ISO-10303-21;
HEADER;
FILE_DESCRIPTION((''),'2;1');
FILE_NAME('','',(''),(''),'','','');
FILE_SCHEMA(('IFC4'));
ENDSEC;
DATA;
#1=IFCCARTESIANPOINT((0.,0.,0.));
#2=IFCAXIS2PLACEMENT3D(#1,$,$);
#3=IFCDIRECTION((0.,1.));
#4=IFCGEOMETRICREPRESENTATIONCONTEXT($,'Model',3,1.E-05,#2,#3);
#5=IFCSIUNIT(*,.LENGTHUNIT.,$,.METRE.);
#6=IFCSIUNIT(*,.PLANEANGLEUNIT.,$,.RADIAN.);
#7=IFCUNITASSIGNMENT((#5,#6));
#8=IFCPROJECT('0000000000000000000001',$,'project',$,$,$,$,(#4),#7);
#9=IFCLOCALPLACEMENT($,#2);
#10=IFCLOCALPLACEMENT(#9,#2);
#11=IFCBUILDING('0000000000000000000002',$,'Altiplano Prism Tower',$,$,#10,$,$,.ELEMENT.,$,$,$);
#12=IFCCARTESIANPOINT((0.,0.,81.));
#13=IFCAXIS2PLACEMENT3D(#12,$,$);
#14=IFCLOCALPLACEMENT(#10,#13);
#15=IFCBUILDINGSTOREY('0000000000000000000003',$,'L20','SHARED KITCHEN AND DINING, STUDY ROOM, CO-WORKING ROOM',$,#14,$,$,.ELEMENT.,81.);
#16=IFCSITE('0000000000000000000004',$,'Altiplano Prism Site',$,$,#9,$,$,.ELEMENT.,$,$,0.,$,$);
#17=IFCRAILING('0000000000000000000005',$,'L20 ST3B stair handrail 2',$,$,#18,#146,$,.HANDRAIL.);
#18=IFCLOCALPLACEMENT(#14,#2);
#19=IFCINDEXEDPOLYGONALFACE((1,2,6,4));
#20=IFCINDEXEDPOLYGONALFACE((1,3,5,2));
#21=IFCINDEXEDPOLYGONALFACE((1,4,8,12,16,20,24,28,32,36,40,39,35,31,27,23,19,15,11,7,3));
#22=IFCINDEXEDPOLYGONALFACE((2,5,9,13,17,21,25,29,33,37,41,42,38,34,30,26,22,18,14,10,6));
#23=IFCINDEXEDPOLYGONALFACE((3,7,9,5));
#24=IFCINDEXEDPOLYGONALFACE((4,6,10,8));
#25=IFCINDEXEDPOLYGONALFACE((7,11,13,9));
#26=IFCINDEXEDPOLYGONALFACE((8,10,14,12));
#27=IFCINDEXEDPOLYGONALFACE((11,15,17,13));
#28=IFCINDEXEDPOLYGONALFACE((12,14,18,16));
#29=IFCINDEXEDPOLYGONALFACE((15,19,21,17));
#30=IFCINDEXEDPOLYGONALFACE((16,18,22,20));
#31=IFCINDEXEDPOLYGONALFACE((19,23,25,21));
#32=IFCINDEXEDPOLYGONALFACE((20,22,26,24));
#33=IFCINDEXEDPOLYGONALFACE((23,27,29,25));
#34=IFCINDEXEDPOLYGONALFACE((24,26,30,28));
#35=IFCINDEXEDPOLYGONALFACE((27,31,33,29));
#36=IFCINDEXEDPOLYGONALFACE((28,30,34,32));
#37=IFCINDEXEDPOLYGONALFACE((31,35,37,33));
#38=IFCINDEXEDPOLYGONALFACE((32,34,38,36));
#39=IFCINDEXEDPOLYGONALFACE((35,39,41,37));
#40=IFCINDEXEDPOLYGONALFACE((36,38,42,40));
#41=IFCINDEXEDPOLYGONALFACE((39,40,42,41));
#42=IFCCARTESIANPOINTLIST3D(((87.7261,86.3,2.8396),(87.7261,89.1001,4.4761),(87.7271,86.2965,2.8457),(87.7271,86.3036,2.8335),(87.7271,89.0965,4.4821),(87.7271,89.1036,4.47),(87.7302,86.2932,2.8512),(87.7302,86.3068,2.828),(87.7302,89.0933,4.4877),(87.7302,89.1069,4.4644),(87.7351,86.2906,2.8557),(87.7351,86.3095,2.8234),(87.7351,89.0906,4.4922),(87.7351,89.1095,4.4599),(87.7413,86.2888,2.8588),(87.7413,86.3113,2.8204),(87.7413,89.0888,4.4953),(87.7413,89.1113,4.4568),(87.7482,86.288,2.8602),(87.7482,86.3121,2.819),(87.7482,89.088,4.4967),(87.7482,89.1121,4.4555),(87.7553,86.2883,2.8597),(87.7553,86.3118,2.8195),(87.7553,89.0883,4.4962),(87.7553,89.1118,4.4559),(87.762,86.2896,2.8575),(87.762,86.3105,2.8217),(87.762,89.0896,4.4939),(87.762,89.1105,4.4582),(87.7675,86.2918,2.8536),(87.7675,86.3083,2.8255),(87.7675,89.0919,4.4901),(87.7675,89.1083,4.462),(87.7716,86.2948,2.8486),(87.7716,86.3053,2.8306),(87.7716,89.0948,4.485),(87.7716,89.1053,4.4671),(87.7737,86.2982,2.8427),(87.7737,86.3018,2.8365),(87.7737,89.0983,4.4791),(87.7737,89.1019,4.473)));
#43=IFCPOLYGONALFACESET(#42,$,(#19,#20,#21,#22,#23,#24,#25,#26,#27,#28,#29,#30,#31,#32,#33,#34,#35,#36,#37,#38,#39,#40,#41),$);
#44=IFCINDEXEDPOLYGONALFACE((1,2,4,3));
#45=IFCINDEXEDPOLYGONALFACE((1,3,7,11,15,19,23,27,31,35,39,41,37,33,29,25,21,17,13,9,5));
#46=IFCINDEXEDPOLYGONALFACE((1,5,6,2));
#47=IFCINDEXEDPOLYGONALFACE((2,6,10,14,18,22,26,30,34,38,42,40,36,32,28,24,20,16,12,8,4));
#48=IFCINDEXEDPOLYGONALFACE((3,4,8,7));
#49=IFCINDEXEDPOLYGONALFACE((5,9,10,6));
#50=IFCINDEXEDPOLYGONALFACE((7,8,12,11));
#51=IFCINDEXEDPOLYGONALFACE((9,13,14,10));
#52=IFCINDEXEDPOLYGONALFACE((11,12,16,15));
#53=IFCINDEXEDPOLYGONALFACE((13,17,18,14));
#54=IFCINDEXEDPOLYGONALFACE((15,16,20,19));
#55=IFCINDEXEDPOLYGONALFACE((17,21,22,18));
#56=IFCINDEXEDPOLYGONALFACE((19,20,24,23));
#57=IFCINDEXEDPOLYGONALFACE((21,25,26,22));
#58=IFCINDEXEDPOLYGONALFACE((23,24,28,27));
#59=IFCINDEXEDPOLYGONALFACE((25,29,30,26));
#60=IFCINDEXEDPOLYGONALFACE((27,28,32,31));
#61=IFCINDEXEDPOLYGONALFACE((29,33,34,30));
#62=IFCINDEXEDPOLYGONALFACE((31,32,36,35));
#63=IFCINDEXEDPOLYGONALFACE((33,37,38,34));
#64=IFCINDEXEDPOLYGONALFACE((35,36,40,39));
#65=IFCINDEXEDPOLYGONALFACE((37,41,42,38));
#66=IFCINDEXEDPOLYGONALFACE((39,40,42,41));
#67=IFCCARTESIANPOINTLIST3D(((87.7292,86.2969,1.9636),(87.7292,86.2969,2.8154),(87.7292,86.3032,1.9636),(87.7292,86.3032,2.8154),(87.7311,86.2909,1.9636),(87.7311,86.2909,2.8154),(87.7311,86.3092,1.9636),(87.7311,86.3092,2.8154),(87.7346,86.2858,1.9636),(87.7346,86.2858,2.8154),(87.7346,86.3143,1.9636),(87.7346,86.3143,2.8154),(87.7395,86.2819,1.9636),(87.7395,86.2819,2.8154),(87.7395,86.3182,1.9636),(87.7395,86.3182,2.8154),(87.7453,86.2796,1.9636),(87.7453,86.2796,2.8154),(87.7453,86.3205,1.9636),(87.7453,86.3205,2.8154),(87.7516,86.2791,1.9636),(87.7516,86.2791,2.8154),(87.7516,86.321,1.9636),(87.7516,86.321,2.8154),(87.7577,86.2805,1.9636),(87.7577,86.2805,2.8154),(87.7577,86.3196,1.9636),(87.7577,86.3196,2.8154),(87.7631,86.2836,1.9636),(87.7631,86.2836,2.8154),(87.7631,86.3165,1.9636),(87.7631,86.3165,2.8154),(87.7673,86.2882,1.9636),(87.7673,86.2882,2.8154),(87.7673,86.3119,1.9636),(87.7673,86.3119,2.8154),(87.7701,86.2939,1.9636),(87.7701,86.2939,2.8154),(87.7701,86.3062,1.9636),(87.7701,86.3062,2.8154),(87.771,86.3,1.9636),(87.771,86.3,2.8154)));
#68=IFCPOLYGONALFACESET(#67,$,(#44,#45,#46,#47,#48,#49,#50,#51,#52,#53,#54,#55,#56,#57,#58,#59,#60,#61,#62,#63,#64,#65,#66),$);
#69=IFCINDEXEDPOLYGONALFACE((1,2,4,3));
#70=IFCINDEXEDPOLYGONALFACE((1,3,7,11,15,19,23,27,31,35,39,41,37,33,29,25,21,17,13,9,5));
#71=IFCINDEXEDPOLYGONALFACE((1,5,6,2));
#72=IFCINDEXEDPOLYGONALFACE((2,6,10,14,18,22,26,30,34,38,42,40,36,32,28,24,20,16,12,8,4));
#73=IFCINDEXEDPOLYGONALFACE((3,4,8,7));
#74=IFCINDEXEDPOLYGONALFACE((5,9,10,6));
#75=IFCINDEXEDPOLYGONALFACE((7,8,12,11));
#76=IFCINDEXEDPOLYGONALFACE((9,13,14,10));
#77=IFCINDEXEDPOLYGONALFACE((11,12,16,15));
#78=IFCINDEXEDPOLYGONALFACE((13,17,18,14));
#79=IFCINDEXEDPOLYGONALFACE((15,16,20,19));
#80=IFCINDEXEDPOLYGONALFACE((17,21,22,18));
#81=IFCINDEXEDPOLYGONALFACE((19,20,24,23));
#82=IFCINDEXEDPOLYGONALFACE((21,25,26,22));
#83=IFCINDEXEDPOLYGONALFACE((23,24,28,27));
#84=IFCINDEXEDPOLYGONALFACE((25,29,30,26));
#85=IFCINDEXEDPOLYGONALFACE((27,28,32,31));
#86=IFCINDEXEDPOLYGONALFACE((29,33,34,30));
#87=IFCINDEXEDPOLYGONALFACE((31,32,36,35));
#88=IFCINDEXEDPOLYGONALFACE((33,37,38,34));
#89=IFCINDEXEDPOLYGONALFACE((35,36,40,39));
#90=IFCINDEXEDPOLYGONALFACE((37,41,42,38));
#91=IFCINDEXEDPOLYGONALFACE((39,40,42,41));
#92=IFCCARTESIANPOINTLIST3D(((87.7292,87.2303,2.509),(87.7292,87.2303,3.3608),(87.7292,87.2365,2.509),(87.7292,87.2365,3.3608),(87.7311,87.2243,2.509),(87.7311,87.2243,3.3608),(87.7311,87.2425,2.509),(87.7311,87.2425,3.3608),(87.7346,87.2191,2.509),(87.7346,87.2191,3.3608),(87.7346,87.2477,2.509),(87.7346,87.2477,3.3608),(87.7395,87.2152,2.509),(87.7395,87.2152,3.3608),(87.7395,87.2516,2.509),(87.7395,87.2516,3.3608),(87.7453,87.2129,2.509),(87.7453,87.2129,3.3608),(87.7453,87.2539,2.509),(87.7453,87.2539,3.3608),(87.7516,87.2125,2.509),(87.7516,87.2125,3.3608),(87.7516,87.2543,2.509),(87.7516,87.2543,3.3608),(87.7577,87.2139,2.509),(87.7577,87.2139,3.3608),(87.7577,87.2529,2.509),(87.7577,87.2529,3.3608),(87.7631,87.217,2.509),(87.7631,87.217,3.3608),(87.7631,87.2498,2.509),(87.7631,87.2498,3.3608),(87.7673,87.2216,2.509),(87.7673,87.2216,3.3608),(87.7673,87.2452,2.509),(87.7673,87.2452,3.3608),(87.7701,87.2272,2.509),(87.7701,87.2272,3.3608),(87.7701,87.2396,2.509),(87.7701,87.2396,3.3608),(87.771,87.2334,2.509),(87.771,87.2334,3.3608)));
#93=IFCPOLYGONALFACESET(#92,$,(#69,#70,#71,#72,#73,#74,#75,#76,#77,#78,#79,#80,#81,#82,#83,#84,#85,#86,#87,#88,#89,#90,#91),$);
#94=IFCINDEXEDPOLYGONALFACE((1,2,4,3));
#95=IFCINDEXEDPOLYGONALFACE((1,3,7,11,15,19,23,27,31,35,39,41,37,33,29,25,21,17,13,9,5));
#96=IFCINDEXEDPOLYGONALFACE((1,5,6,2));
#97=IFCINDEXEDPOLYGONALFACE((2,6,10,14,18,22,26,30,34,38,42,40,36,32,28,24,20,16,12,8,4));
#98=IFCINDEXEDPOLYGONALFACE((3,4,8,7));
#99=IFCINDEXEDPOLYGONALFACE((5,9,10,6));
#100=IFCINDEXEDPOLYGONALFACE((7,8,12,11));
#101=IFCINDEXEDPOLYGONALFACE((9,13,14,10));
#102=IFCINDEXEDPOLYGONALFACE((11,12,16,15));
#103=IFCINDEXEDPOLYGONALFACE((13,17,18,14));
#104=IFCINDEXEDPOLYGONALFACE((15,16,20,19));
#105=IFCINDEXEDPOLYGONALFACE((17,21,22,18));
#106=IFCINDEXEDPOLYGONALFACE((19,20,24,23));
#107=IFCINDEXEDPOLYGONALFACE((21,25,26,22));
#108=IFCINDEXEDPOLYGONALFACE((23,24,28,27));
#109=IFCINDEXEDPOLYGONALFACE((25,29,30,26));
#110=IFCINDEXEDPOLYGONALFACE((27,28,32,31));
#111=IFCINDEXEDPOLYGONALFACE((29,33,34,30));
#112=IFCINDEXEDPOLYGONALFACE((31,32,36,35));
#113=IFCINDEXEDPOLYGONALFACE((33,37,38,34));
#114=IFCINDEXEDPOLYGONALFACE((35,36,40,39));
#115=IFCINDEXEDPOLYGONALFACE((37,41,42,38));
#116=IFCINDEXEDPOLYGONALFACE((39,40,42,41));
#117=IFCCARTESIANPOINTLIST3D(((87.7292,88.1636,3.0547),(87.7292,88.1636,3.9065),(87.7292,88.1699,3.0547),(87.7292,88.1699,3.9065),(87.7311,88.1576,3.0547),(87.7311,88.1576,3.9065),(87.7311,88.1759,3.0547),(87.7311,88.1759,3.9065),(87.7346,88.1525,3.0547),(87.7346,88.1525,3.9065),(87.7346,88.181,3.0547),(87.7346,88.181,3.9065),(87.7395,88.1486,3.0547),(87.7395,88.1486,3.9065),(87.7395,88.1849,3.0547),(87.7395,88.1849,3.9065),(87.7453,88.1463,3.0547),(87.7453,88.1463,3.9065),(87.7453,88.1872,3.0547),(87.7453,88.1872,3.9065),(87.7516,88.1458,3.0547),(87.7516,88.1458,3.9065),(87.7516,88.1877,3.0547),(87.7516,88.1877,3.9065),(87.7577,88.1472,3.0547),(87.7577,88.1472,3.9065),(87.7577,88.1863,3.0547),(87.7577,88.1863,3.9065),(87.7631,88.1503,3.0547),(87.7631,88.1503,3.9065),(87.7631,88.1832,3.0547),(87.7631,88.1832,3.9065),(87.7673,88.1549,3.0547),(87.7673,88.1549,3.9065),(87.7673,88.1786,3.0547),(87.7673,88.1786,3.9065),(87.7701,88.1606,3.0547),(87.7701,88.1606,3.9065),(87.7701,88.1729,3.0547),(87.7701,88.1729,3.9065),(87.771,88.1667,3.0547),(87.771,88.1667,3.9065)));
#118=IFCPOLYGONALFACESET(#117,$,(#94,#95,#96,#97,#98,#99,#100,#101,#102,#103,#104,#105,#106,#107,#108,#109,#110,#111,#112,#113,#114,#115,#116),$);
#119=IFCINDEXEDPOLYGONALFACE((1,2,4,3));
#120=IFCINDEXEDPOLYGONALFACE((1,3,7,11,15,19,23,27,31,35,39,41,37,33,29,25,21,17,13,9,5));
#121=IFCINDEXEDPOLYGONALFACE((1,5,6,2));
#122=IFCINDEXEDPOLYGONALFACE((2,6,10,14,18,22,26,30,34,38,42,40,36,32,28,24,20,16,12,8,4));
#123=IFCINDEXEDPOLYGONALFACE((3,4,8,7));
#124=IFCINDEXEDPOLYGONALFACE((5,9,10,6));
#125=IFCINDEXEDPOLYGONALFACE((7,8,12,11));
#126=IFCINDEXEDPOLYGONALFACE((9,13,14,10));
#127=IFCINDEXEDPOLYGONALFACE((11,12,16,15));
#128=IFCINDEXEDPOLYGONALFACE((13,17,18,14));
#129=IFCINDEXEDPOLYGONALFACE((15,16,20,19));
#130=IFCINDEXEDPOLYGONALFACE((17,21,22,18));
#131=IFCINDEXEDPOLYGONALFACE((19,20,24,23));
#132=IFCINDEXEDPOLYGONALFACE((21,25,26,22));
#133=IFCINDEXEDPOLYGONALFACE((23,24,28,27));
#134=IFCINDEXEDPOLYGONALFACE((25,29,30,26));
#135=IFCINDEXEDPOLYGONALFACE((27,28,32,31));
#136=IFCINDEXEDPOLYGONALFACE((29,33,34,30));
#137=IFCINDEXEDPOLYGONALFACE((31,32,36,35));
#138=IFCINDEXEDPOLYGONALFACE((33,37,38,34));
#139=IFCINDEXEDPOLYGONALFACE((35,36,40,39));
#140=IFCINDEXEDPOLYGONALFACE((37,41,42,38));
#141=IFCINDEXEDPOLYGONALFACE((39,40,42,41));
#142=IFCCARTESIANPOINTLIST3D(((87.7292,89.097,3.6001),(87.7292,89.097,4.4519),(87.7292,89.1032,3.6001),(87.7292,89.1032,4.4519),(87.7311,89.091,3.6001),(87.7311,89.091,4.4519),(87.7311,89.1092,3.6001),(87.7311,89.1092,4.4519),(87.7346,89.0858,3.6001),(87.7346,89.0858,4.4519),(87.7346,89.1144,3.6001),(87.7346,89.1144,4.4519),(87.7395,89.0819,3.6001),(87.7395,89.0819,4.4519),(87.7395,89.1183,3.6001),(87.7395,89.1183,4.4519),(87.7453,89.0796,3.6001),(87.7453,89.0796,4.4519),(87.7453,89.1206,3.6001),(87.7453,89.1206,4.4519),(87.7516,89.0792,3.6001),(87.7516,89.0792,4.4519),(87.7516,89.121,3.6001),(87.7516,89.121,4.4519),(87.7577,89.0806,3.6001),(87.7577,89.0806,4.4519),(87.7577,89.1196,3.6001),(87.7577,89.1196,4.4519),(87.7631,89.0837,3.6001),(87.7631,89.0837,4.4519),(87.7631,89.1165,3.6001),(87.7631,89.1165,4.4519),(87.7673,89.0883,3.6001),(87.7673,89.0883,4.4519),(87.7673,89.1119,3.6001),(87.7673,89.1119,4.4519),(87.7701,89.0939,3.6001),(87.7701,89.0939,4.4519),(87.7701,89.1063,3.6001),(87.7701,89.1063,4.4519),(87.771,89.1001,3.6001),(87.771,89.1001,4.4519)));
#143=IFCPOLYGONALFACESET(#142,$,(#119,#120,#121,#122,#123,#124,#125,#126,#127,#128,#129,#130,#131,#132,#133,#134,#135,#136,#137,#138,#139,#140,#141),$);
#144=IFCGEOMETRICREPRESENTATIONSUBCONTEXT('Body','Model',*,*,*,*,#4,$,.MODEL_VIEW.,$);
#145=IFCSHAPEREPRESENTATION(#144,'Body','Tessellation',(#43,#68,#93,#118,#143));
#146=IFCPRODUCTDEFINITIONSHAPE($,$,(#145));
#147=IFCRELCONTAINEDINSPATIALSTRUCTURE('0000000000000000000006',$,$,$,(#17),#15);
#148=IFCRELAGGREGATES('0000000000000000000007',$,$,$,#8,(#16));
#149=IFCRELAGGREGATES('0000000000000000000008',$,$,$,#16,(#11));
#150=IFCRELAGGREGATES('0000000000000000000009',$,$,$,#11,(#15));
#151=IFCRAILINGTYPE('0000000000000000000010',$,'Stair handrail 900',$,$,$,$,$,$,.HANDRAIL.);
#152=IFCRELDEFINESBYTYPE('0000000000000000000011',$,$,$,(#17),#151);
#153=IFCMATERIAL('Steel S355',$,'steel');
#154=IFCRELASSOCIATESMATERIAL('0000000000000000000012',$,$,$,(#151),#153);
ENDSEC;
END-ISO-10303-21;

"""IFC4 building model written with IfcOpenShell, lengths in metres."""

from ifc_helpers import new_model, si_unit, direction, frame, origin, origin_2d, place, context, subcontext, project, spatial, circle, extrude, material, type_object, element, save


model = new_model("IFC4")

# Units and contexts
model_context = context("Model", 3, precision=1e-05, world=origin(), true_north=direction((0.0, 1.0)))
body_context = subcontext(model_context, "Body", "Model", "MODEL_VIEW")
ifc_project = project(units=[si_unit("LENGTHUNIT", "METRE"), si_unit("PLANEANGLEUNIT", "RADIAN")], contexts=[model_context])

# Site, building, storey
site_placement = place(None, origin())
site = spatial("IfcSite", under=ifc_project, at=site_placement, Name="Altiplano Prism Site", CompositionType="ELEMENT", RefElevation=0.0)
building_placement = place(site_placement, origin())
building = spatial("IfcBuilding", under=site, at=building_placement, Name="Altiplano Prism Tower", CompositionType="ELEMENT")
storey_placement = place(building_placement, frame((0.0, 0.0, 81.0)))
storey = spatial("IfcBuildingStorey", under=building, at=storey_placement, Name="L20", Description="SHARED KITCHEN AND DINING, STUDY ROOM, CO-WORKING ROOM", CompositionType="ELEMENT", Elevation=81.0)

# Railing
ifc_material_1 = material(Name="Steel S355", Category="steel")
railing_type = type_object("IfcRailingType", Name="Stair handrail 900", PredefinedType="HANDRAIL", material=ifc_material_1)
for number, where, name in (
    (1, (87.75, 86.3, 1.9636), "L20 ST3B stair handrail 2"),
):
    element("IfcRailing", number, at=place(storey_placement, frame(where)), inside=storey, type_object=railing_type, Name=name, PredefinedType="HANDRAIL", context=body_context, shape_type="SweptSolid", body=[
        extrude(circle(Radius=0.0239, at=origin_2d()), frame((0.0, 0.0, 0.876), z_axis=(0.0, 0.863361, 0.504587), x_axis=(-1.0, 0.0, 0.0)), (0.0, 0.0, 1.0), 3.2432),
        extrude(circle(Radius=0.021, at=origin_2d()), origin(), (0.0, 0.0, 1.0), 0.8518),
        extrude(circle(Radius=0.021, at=origin_2d()), frame((0.0, 0.9333, 0.5454)), (0.0, 0.0, 1.0), 0.8518),
        extrude(circle(Radius=0.021, at=origin_2d()), frame((0.0, 1.8667, 1.0911)), (0.0, 0.0, 1.0), 0.8518),
        extrude(circle(Radius=0.021, at=origin_2d()), frame((0.0, 2.8, 1.6365)), (0.0, 0.0, 1.0), 0.8518),
    ])

save(model, "model.ifc")
